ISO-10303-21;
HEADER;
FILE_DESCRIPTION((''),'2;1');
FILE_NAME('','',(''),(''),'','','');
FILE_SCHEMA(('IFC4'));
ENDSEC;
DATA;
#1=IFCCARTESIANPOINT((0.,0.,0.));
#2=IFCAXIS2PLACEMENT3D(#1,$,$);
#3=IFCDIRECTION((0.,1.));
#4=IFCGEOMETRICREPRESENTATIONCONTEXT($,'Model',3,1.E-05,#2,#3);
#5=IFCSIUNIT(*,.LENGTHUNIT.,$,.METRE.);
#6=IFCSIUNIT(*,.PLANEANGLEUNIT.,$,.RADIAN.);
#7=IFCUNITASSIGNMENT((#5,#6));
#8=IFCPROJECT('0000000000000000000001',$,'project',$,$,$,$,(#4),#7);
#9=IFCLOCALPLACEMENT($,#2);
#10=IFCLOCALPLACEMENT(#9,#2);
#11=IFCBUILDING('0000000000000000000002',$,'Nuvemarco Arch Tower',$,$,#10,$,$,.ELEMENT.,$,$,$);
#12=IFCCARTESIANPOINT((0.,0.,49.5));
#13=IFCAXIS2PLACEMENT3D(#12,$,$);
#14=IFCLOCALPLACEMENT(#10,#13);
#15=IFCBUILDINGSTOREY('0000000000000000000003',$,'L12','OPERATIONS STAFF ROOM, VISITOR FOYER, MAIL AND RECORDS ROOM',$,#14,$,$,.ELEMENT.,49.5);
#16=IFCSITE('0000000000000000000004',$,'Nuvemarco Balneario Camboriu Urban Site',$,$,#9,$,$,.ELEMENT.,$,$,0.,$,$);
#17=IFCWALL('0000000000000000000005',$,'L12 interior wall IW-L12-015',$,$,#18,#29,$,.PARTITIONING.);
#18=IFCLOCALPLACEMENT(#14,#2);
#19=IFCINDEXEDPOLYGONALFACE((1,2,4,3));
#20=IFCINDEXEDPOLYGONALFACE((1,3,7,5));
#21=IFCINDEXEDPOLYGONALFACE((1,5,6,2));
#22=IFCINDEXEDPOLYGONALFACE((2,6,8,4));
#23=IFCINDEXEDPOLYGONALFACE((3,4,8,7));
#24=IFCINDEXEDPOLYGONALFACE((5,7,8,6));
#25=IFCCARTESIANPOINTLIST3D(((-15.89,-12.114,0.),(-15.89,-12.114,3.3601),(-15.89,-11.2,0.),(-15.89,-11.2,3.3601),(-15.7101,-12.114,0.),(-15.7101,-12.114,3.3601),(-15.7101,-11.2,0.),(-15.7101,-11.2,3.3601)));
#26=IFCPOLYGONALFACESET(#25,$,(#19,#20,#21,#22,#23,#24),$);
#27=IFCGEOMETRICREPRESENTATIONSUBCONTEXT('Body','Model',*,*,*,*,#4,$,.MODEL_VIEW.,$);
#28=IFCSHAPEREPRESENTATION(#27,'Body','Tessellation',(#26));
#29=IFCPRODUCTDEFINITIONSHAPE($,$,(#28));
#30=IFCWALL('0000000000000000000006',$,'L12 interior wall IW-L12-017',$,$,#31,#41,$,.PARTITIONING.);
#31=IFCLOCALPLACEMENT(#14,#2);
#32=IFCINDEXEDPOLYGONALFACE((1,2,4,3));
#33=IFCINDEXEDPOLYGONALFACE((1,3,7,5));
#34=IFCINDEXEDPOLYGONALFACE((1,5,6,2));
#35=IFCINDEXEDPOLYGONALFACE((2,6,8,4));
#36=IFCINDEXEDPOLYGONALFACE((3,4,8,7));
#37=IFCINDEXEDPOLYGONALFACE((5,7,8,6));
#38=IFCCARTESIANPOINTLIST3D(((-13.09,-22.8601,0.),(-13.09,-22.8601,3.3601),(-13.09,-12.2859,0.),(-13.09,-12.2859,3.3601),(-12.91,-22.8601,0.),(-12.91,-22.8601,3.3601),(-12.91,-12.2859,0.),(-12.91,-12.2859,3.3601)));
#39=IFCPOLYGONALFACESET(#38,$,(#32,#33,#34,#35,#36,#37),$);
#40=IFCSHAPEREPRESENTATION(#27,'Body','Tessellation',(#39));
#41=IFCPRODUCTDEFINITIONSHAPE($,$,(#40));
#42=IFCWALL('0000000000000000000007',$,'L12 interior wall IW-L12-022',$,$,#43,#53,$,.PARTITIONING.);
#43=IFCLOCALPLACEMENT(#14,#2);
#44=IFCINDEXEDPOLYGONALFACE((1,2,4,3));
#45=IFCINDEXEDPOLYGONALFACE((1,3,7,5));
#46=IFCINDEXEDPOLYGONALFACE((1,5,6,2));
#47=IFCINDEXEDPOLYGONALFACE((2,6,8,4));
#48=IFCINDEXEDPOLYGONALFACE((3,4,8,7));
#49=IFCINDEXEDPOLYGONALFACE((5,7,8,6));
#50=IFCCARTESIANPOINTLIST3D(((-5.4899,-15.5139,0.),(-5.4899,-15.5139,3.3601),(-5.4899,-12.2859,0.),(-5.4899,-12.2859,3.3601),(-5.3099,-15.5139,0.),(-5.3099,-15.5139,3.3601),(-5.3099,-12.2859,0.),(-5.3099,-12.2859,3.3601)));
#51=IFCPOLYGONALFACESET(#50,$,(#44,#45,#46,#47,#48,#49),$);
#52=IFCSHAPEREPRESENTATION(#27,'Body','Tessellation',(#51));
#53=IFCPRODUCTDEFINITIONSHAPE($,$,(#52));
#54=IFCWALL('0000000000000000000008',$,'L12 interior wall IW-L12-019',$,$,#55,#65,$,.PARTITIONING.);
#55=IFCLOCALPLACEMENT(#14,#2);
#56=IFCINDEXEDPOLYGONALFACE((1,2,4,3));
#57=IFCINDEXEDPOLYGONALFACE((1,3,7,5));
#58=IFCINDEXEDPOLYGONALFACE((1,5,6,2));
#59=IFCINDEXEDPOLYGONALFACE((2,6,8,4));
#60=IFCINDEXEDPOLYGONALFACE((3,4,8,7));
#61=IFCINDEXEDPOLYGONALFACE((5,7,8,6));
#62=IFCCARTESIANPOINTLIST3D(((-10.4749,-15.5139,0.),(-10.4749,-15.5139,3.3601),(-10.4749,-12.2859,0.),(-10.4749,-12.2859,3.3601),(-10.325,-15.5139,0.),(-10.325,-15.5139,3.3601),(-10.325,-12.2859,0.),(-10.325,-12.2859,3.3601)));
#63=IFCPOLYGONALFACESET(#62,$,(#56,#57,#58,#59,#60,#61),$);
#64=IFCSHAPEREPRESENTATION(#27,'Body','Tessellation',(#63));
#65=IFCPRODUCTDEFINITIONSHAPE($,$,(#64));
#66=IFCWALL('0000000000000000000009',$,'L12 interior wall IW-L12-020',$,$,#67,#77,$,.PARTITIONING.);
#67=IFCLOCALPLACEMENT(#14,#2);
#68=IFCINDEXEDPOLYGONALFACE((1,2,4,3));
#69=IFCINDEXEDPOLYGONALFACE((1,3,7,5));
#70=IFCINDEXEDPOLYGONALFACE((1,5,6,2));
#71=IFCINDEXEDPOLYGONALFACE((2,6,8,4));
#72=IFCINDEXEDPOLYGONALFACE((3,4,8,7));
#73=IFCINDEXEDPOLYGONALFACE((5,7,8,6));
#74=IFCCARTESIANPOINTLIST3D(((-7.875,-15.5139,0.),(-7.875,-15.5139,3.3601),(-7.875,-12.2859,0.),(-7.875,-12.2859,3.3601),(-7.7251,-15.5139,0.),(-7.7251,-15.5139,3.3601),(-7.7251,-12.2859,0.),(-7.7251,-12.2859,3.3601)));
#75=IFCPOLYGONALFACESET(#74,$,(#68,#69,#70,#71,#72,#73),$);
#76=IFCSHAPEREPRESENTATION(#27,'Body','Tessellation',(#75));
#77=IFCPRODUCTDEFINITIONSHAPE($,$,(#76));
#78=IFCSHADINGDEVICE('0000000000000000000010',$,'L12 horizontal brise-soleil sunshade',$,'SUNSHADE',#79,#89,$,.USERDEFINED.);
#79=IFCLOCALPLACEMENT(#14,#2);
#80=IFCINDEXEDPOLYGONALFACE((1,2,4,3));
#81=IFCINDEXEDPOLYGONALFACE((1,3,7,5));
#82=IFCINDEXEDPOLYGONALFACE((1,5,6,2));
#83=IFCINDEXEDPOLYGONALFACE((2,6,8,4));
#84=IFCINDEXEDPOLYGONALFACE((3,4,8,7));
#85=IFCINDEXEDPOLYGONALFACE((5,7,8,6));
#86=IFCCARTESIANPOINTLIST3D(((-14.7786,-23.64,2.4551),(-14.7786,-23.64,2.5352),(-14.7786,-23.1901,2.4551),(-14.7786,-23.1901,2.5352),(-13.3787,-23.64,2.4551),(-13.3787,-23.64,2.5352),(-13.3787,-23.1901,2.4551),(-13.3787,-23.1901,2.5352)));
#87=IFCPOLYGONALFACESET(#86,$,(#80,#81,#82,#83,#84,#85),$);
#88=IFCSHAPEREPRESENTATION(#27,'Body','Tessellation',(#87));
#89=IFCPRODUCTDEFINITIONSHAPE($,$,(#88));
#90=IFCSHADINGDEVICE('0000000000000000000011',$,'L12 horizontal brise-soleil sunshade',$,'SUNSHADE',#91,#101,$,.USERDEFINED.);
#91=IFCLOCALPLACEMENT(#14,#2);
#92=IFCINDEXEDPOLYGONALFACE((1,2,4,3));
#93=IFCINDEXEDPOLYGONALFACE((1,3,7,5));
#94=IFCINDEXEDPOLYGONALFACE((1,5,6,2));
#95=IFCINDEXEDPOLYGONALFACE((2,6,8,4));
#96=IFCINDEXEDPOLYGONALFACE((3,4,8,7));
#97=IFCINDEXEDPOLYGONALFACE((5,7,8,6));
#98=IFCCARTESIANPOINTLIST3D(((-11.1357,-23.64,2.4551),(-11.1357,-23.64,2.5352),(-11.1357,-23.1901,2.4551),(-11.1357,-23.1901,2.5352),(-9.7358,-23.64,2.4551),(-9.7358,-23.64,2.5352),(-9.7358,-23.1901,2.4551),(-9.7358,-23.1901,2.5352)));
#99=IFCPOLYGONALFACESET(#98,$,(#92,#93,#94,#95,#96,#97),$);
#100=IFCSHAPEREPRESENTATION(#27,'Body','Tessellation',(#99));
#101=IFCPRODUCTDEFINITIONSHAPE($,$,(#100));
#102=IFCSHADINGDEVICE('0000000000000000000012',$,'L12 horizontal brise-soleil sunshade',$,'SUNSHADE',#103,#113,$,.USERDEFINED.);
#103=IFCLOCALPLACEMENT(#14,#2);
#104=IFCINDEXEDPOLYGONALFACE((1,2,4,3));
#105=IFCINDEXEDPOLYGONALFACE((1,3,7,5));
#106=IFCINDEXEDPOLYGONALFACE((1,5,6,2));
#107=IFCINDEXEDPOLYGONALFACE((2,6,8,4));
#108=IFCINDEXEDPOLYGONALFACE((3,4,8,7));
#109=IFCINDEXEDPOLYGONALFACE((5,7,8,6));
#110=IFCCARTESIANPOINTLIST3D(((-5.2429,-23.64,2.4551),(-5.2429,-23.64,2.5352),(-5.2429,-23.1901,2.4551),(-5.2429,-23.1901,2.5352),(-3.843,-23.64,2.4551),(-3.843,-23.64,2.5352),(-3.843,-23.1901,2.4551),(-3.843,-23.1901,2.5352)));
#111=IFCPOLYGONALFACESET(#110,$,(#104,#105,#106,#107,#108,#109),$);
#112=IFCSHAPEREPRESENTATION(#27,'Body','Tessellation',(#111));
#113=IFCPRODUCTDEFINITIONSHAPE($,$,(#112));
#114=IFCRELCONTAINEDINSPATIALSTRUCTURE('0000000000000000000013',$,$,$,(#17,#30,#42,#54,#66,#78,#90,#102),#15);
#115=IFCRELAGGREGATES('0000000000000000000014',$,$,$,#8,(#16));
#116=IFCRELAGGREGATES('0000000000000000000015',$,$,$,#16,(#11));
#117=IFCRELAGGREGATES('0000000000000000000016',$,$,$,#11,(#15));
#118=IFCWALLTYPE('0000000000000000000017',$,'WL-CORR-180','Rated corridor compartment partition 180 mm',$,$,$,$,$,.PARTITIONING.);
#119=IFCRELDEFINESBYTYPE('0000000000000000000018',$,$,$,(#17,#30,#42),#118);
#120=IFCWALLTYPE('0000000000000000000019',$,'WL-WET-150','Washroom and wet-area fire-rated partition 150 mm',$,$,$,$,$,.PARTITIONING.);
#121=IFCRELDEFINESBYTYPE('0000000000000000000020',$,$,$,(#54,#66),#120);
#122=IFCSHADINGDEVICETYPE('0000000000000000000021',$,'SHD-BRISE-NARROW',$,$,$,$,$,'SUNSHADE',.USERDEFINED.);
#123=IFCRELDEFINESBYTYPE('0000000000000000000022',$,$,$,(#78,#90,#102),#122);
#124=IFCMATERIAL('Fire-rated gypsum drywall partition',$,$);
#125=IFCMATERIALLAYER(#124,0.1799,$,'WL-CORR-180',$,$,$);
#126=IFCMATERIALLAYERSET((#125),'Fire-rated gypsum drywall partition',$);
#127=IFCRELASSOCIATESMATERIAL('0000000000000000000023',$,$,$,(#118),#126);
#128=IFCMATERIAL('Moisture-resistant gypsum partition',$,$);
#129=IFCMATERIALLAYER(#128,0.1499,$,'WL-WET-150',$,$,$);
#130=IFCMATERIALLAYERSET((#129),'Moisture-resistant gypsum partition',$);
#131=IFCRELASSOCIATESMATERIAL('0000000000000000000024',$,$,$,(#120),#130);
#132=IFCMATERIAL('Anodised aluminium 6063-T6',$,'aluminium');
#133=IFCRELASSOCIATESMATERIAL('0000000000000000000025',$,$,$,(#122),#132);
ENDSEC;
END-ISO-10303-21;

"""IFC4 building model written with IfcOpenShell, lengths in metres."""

from ifc_helpers import new_model, si_unit, direction, frame, frame_2d, origin, origin_2d, place, context, subcontext, project, spatial, rectangle, extrude, source, transform, mapped, material, layer, layer_set, type_object, type_shapes, element, save


model = new_model("IFC4")

# Units and contexts
model_context = context("Model", 3, precision=1e-05, world=origin(), true_north=direction((0.0, 1.0)))
body_context = subcontext(model_context, "Body", "Model", "MODEL_VIEW")
ifc_project = project(units=[si_unit("LENGTHUNIT", "METRE"), si_unit("PLANEANGLEUNIT", "RADIAN")], contexts=[model_context])

# Site, building, storey
site_placement = place(None, origin())
site = spatial("IfcSite", under=ifc_project, at=site_placement, Name="Nuvemarco Balneario Camboriu Urban Site", CompositionType="ELEMENT", RefElevation=0.0)
building_placement = place(site_placement, origin())
building = spatial("IfcBuilding", under=site, at=building_placement, Name="Nuvemarco Arch Tower", CompositionType="ELEMENT")
storey_placement = place(building_placement, frame((0.0, 0.0, 49.5)))
storey = spatial("IfcBuildingStorey", under=building, at=storey_placement, Name="L12", Description="OPERATIONS STAFF ROOM, VISITOR FOYER, MAIL AND RECORDS ROOM", CompositionType="ELEMENT", Elevation=49.5)

# Shared definitions
ifc_material_1 = material(Name="Fire-rated gypsum drywall partition")
ifc_layer_1 = layer(ifc_material_1, 0.1799, Name="WL-CORR-180")
ifc_layer_set_1 = layer_set([ifc_layer_1], Name="Fire-rated gypsum drywall partition")
wall_type_1 = type_object("IfcWallType", Name="WL-CORR-180", Description="Rated corridor compartment partition 180 mm", PredefinedType="PARTITIONING", material=ifc_layer_set_1)

# Walls
wall_1_placement = place(storey_placement, frame((-15.8, -12.114, 0.0), z_axis=(0.0, 0.0, 1.0), x_axis=(0.0, 1.0, 0.0)))
element("IfcWall", 1, at=wall_1_placement, inside=storey, type_object=wall_type_1, Name="L12 interior wall IW-L12-015", PredefinedType="PARTITIONING", context=body_context, shape_type="SweptSolid", body=[
    extrude(rectangle(XDim=0.9141, YDim=0.1799, at=frame_2d((0.457, 0.0))), origin(), (0.0, 0.0, 1.0), 3.3601),
])
wall_2_placement = place(storey_placement, frame((-13.0, -22.8601, 0.0), z_axis=(0.0, 0.0, 1.0), x_axis=(0.0, 1.0, 0.0)))
element("IfcWall", 2, at=wall_2_placement, inside=storey, type_object=wall_type_1, Name="L12 interior wall IW-L12-017", PredefinedType="PARTITIONING", context=body_context, shape_type="SweptSolid", body=[
    extrude(rectangle(XDim=10.5742, YDim=0.1799, at=frame_2d((5.2871, 0.0))), origin(), (0.0, 0.0, 1.0), 3.3601),
])
wall_3_placement = place(storey_placement, frame((-5.3999, -15.5139, 0.0), z_axis=(0.0, 0.0, 1.0), x_axis=(0.0, 1.0, 0.0)))
element("IfcWall", 3, at=wall_3_placement, inside=storey, type_object=wall_type_1, Name="L12 interior wall IW-L12-022", PredefinedType="PARTITIONING", context=body_context, shape_type="SweptSolid", body=[
    extrude(rectangle(XDim=3.228, YDim=0.1799, at=frame_2d((1.614, 0.0))), origin(), (0.0, 0.0, 1.0), 3.3601),
])
ifc_material_2 = material(Name="Moisture-resistant gypsum partition")
ifc_layer_2 = layer(ifc_material_2, 0.1499, Name="WL-WET-150")
ifc_layer_set_2 = layer_set([ifc_layer_2], Name="Moisture-resistant gypsum partition")
wall_type_2 = type_object("IfcWallType", Name="WL-WET-150", Description="Washroom and wet-area fire-rated partition 150 mm", PredefinedType="PARTITIONING", material=ifc_layer_set_2)
for number, where, z_axis, x_axis, name in (
    (4, (-10.3999, -15.5139, 0.0), (0.0, 0.0, 1.0), (0.0, 1.0, 0.0), "L12 interior wall IW-L12-019"),
    (5, (-7.8, -15.5139, 0.0), (0.0, 0.0, 1.0), (0.0, 1.0, 0.0), "L12 interior wall IW-L12-020"),
):
    element("IfcWall", number, at=place(storey_placement, frame(where, z_axis=z_axis, x_axis=x_axis)), inside=storey, type_object=wall_type_2, Name=name, PredefinedType="PARTITIONING", context=body_context, shape_type="SweptSolid", body=[
        extrude(rectangle(XDim=3.228, YDim=0.1499, at=frame_2d((1.614, 0.0))), origin(), (0.0, 0.0, 1.0), 3.3601),
    ])

# Shading devices
ifc_material_3 = material(Name="Anodised aluminium 6063-T6", Category="aluminium")
shading_device_type = type_object("IfcShadingDeviceType", Name="SHD-BRISE-NARROW", ElementType="SUNSHADE", PredefinedType="USERDEFINED", material=ifc_material_3)
shared_shape_1 = source(origin(), body_context, "Body", "SweptSolid", [
    extrude(rectangle(XDim=1.3999, YDim=0.45, at=origin_2d()), origin(), (0.0, 0.0, 1.0), 0.0801),
])
type_shapes(shading_device_type, [shared_shape_1])
for number, where, z_axis, x_axis, name in (
    (6, (-14.0786, -23.415, 2.4551), (0.0, 0.0, 1.0), (1.0, 0.0, 0.0), "L12 horizontal brise-soleil sunshade"),
    (7, (-10.4358, -23.415, 2.4551), (0.0, 0.0, 1.0), (1.0, 0.0, 0.0), "L12 horizontal brise-soleil sunshade"),
    (8, (-4.543, -23.415, 2.4551), (0.0, 0.0, 1.0), (1.0, 0.0, 0.0), "L12 horizontal brise-soleil sunshade"),
):
    element("IfcShadingDevice", number, at=place(storey_placement, frame(where, z_axis=z_axis, x_axis=x_axis)), inside=storey, type_object=shading_device_type, Name=name, ObjectType="SUNSHADE", PredefinedType="USERDEFINED", context=body_context, shape_type="MappedRepresentation", body=[
        mapped(shared_shape_1, transform((0.0, 0.0, 0.0), scale=1.0)),
    ])

save(model, "model.ifc")
